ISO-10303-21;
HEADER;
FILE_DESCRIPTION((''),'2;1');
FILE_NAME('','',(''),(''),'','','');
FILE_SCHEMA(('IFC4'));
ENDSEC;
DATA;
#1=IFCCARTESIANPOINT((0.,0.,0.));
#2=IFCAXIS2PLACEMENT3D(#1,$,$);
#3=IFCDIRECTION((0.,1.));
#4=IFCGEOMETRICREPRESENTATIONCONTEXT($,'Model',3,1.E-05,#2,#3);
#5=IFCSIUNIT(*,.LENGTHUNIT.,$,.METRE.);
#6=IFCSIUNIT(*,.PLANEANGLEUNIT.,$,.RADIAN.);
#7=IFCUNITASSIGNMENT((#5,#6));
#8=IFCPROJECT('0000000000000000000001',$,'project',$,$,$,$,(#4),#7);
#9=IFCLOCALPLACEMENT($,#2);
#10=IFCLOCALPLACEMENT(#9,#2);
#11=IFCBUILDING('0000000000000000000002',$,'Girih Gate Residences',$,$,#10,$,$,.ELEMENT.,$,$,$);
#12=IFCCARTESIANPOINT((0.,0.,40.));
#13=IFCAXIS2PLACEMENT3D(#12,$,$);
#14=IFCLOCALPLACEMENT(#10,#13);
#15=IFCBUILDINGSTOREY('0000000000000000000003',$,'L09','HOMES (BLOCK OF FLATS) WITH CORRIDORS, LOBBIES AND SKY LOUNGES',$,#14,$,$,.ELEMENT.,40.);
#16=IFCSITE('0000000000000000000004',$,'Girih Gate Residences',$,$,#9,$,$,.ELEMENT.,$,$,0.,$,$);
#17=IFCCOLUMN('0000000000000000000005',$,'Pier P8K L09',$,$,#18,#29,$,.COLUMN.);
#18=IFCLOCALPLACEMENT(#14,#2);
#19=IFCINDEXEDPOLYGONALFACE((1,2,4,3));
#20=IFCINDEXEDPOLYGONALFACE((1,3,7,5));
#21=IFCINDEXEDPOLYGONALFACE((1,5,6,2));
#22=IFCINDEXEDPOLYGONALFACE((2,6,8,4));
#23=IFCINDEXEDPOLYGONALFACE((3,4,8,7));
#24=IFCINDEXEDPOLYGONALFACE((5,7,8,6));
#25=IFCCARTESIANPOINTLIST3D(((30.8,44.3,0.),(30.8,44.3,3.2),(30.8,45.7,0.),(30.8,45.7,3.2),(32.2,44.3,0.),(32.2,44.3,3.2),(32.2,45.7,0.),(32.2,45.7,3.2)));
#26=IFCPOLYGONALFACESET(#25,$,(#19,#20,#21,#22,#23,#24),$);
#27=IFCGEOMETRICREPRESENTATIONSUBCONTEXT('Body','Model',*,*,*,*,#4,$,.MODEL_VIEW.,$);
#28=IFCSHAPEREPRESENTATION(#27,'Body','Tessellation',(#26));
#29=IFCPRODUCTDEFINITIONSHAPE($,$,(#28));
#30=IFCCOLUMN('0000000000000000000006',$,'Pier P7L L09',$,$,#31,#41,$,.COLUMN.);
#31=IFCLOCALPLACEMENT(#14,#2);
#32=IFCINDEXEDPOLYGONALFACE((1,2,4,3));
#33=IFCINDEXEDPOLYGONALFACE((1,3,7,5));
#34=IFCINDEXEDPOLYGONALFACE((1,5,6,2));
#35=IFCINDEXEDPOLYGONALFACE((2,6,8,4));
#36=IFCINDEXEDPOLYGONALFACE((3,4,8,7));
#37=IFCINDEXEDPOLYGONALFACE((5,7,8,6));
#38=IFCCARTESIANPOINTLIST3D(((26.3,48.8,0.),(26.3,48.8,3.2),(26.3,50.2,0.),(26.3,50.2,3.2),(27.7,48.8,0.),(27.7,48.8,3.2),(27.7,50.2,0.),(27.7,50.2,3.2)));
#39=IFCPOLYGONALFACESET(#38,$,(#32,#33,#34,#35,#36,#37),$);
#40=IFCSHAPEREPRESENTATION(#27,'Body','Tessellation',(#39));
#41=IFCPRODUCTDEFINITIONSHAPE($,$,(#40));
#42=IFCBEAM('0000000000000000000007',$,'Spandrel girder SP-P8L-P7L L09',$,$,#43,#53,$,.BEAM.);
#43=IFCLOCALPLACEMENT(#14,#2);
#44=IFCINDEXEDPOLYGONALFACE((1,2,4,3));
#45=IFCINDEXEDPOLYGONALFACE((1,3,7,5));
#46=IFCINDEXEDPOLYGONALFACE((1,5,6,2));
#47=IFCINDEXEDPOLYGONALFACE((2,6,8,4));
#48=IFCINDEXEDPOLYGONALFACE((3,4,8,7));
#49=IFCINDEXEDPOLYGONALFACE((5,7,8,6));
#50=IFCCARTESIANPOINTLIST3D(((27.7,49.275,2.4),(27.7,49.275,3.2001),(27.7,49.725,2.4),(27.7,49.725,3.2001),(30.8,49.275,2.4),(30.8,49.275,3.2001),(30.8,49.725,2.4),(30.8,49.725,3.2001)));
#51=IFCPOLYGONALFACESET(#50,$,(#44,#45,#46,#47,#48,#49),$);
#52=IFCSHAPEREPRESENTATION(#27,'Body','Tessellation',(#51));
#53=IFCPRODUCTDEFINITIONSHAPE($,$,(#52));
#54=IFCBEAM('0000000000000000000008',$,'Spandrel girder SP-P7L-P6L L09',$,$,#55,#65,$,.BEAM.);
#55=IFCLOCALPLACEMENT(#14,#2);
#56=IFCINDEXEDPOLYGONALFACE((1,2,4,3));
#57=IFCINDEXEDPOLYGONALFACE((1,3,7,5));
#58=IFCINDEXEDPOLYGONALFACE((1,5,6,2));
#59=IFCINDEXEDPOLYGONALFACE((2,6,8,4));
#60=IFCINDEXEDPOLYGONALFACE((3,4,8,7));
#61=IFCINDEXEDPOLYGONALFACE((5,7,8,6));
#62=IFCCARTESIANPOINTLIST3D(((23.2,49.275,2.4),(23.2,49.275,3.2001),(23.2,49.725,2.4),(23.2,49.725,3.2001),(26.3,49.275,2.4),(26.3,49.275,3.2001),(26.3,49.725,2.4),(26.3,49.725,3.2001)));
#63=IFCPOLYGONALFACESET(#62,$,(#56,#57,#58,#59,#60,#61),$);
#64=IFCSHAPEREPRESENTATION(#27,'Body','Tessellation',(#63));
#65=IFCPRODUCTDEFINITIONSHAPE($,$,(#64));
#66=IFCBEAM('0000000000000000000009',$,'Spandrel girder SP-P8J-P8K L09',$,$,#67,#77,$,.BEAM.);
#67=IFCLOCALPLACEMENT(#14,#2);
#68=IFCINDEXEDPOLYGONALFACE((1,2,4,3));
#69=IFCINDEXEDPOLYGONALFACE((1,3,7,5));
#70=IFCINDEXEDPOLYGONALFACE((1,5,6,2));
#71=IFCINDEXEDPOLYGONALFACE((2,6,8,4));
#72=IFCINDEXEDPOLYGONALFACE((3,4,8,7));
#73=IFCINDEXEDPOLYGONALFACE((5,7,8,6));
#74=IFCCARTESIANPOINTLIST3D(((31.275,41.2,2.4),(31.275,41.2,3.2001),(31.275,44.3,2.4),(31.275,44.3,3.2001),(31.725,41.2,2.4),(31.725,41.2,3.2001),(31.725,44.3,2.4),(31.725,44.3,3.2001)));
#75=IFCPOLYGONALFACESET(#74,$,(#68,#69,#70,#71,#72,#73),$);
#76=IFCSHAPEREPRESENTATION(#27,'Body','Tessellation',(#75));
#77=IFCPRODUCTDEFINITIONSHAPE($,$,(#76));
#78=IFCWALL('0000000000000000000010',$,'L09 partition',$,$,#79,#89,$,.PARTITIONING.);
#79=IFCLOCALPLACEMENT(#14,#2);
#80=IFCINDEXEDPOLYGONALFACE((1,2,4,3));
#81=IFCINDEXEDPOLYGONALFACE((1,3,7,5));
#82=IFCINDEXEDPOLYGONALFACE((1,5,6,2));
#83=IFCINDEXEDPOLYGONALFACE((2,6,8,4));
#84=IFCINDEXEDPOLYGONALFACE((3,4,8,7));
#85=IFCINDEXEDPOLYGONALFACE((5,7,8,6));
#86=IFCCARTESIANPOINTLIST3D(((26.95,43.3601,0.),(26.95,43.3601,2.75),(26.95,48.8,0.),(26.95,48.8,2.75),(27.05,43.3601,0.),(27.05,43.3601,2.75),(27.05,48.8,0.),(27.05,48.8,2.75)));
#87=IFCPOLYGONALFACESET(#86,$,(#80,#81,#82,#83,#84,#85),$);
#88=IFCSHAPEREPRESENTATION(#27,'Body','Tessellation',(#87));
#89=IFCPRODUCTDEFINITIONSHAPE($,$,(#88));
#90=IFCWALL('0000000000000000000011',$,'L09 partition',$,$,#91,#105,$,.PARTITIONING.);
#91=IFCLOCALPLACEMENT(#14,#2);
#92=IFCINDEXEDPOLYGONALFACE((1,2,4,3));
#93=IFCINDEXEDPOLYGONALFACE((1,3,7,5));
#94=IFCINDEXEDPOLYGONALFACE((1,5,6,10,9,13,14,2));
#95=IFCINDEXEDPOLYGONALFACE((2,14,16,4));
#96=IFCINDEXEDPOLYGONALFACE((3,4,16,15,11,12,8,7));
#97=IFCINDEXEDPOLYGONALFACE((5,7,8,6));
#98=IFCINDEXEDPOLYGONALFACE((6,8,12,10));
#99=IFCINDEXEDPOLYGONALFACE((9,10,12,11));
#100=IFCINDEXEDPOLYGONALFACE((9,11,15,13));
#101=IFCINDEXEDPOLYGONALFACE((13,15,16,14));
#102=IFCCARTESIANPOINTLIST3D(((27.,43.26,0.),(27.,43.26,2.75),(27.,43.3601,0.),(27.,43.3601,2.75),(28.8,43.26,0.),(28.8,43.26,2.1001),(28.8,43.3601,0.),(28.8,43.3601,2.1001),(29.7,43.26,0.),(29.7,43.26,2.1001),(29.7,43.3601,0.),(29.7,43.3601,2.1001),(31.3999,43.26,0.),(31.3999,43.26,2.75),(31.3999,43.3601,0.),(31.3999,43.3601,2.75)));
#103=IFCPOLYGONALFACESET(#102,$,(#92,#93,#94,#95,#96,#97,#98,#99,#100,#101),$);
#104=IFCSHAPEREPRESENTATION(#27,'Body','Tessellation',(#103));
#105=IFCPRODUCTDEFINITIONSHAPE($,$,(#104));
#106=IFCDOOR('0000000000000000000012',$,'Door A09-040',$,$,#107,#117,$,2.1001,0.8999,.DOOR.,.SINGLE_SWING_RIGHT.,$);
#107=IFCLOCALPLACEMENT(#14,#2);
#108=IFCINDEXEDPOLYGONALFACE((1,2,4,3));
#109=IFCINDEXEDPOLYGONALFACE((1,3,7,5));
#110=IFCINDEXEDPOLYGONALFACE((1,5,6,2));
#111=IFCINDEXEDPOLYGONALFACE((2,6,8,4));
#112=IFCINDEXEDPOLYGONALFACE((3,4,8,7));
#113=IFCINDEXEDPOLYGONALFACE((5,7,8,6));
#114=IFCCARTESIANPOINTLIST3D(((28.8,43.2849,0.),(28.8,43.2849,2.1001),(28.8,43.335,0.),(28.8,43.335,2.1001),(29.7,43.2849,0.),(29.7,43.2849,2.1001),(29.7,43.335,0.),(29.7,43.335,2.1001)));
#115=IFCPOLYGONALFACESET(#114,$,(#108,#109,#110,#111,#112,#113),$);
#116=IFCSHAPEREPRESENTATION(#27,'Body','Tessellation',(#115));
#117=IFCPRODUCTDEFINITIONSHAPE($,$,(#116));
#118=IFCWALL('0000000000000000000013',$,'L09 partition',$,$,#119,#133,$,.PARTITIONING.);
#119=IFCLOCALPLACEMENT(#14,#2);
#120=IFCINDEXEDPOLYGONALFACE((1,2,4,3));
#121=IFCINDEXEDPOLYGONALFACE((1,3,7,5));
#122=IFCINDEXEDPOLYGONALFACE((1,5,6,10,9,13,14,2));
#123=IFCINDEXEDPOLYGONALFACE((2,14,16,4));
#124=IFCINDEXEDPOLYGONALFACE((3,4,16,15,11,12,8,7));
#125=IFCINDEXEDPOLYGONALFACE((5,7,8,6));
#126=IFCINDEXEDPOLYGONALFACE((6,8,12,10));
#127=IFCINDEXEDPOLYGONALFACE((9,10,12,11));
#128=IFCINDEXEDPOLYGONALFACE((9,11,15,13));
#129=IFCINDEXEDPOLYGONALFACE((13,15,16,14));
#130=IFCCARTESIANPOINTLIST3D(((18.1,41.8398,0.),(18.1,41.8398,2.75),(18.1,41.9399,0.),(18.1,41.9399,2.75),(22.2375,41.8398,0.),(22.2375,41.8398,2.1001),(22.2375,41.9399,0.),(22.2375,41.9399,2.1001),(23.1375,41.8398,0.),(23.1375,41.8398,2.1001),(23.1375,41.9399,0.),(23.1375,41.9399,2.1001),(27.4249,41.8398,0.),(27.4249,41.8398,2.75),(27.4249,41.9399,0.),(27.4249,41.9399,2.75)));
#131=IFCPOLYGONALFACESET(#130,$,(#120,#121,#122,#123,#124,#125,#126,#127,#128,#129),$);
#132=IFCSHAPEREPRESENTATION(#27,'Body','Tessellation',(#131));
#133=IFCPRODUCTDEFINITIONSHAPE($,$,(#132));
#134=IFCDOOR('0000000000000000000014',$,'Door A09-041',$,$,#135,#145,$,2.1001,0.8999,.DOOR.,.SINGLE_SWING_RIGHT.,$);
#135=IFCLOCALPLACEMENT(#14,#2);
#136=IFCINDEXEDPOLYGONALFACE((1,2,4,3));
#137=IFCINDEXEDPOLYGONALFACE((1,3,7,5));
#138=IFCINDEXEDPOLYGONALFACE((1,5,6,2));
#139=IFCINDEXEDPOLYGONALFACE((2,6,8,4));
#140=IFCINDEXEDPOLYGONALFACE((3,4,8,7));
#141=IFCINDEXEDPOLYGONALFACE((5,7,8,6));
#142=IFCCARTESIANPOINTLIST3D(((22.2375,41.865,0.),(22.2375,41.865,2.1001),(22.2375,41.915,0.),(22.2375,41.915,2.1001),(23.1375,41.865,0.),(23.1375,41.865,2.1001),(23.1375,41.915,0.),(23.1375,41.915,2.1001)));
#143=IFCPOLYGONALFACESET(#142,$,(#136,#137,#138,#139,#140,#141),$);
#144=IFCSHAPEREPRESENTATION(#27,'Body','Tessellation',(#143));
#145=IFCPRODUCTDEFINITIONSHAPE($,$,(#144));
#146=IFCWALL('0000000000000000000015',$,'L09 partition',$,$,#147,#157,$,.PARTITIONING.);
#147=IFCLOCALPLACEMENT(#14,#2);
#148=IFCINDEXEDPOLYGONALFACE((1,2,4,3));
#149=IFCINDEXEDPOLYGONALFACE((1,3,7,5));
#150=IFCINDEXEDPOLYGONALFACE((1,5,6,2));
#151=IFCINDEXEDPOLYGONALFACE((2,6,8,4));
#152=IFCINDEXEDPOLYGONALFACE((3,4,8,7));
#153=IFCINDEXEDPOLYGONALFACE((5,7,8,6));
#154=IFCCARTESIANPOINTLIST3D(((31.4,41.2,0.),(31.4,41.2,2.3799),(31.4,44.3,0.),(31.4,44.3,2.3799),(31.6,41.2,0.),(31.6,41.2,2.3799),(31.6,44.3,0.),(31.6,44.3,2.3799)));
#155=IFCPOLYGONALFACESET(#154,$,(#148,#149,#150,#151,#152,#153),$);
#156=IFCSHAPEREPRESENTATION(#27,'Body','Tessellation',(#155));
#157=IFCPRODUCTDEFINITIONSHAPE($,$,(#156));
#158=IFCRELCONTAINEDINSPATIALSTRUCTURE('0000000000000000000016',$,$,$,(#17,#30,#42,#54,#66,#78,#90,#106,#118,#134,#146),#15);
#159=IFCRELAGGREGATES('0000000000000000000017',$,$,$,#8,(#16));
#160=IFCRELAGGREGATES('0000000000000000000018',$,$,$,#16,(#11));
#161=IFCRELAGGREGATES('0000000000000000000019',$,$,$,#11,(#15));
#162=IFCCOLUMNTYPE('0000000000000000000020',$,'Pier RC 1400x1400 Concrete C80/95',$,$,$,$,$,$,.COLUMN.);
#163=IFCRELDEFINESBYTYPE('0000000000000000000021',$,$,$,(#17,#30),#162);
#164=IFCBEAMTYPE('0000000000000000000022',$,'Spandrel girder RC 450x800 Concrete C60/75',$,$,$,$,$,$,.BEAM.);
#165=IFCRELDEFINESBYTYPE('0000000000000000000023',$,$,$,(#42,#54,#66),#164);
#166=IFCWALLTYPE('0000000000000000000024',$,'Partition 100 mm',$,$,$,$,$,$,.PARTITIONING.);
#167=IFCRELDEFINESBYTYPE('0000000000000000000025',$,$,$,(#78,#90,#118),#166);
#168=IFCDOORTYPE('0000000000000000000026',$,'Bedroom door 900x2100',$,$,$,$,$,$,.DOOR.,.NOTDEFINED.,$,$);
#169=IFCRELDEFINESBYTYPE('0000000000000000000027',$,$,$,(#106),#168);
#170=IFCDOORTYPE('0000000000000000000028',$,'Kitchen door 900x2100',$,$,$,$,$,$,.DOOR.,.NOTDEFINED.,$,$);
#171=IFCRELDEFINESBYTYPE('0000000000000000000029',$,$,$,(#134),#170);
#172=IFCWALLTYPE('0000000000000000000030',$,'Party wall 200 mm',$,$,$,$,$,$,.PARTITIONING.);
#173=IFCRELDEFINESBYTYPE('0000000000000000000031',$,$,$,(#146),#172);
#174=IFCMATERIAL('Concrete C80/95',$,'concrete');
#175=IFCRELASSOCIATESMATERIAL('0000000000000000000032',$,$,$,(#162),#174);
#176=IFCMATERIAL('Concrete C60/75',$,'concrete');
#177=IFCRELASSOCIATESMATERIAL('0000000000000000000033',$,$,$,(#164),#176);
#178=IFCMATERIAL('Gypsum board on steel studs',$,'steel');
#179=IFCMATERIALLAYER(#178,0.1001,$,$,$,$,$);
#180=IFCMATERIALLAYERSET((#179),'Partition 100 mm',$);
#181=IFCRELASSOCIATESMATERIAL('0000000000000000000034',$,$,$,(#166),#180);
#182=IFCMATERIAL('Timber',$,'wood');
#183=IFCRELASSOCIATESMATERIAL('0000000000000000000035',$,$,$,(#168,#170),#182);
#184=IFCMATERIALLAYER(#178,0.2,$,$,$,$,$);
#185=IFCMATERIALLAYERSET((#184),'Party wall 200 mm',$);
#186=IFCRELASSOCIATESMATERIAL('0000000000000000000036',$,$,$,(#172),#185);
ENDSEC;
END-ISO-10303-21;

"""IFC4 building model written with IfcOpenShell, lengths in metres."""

from ifc_helpers import new_model, si_unit, direction, frame, frame_2d, origin, origin_2d, place, context, subcontext, project, spatial, rectangle, extrude, material, layer, layer_set, material_profile, profile_set, type_object, element, fill, save


model = new_model("IFC4")

# Units and contexts
model_context = context("Model", 3, precision=1e-05, world=origin(), true_north=direction((0.0, 1.0)))
body_context = subcontext(model_context, "Body", "Model", "MODEL_VIEW")
ifc_project = project(units=[si_unit("LENGTHUNIT", "METRE"), si_unit("PLANEANGLEUNIT", "RADIAN")], contexts=[model_context])

# Site, building, storey
site_placement = place(None, origin())
site = spatial("IfcSite", under=ifc_project, at=site_placement, Name="Girih Gate Residences", CompositionType="ELEMENT", RefElevation=0.0)
building_placement = place(site_placement, origin())
building = spatial("IfcBuilding", under=site, at=building_placement, Name="Girih Gate Residences", CompositionType="ELEMENT")
storey_placement = place(building_placement, frame((0.0, 0.0, 40.0)))
storey = spatial("IfcBuildingStorey", under=building, at=storey_placement, Name="L09", Description="HOMES (BLOCK OF FLATS) WITH CORRIDORS, LOBBIES AND SKY LOUNGES", CompositionType="ELEMENT", Elevation=40.0)

# Columns
ifc_material_1 = material(Name="Concrete C80/95", Category="concrete")
ifc_material_profile_1 = material_profile(ifc_material_1, rectangle(XDim=1.3999, YDim=1.3999, at=origin_2d()))
ifc_profile_set_1 = profile_set([ifc_material_profile_1], Name="Concrete C80/95")
column_type = type_object("IfcColumnType", Name="Pier RC 1400x1400 Concrete C80/95", PredefinedType="COLUMN", material=ifc_profile_set_1)
for number, where, z_axis, x_axis, name in (
    (1, (31.5, 45.0, 0.0), (0.0, 0.0, 1.0), (1.0, 0.0, 0.0), "Pier P8K L09"),
    (2, (27.0, 49.5, 0.0), (0.0, 0.0, 1.0), (1.0, 0.0, 0.0), "Pier P7L L09"),
):
    element("IfcColumn", number, at=place(storey_placement, frame(where, z_axis=z_axis, x_axis=x_axis)), inside=storey, type_object=column_type, Name=name, PredefinedType="COLUMN", context=body_context, shape_type="SweptSolid", body=[
        extrude(rectangle(XDim=1.3999, YDim=1.3999, at=origin_2d()), origin(), (0.0, 0.0, 1.0), 3.2),
    ])

# Beams
ifc_material_2 = material(Name="Concrete C60/75", Category="concrete")
ifc_material_profile_2 = material_profile(ifc_material_2, rectangle(XDim=0.45, YDim=0.8, at=origin_2d()))
ifc_profile_set_2 = profile_set([ifc_material_profile_2], Name="Concrete C60/75")
beam_type = type_object("IfcBeamType", Name="Spandrel girder RC 450x800 Concrete C60/75", PredefinedType="BEAM", material=ifc_profile_set_2)
for number, where, z_axis, x_axis, name in (
    (3, (30.8, 49.5, 2.8), (-1.0, 0.0, 0.0), (0.0, -1.0, 0.0), "Spandrel girder SP-P8L-P7L L09"),
    (4, (26.3, 49.5, 2.8), (-1.0, 0.0, 0.0), (0.0, -1.0, 0.0), "Spandrel girder SP-P7L-P6L L09"),
    (5, (31.5, 41.2, 2.8), (0.0, 1.0, 0.0), (-1.0, 0.0, 0.0), "Spandrel girder SP-P8J-P8K L09"),
):
    element("IfcBeam", number, at=place(storey_placement, frame(where, z_axis=z_axis, x_axis=x_axis)), inside=storey, type_object=beam_type, Name=name, PredefinedType="BEAM", context=body_context, shape_type="SweptSolid", body=[
        extrude(rectangle(XDim=0.45, YDim=0.8, at=origin_2d()), origin(), (0.0, 0.0, 1.0), 3.1001),
    ])

# Wall
ifc_material_3 = material(Name="Gypsum board on steel studs", Category="steel")
ifc_layer_1 = layer(ifc_material_3, 0.1001)
ifc_layer_set_1 = layer_set([ifc_layer_1], Name="Partition 100 mm")
wall_type_1 = type_object("IfcWallType", Name="Partition 100 mm", PredefinedType="PARTITIONING", material=ifc_layer_set_1)
wall_1_placement = place(storey_placement, frame((27.0, 43.3601, 0.0), z_axis=(0.0, 0.0, 1.0), x_axis=(0.0, 1.0, 0.0)))
element("IfcWall", 6, at=wall_1_placement, inside=storey, type_object=wall_type_1, Name="L09 partition", PredefinedType="PARTITIONING", context=body_context, shape_type="SweptSolid", body=[
    extrude(rectangle(XDim=5.4399, YDim=0.1001, at=frame_2d((2.72, 0.0))), origin(), (0.0, 0.0, 1.0), 2.75),
])

# Walls, openings, doors
wall_2_placement = place(storey_placement, frame((27.0, 43.3101, 0.0), z_axis=(0.0, 0.0, 1.0), x_axis=(1.0, 0.0, 0.0)))
wall_2 = element("IfcWall", 7, at=wall_2_placement, inside=storey, type_object=wall_type_1, Name="L09 partition", PredefinedType="PARTITIONING", context=body_context, shape_type="SweptSolid", body=[
    extrude(rectangle(XDim=4.3999, YDim=0.1001, at=frame_2d((2.2, 0.0))), origin(), (0.0, 0.0, 1.0), 2.75),
])
opening_1_placement = place(wall_2_placement, frame((1.8, 0.0, 0.0)))
opening_1 = element("IfcOpeningElement", 8, at=opening_1_placement, cuts=wall_2, PredefinedType="OPENING", context=body_context, shape_type="SweptSolid", body=[
    extrude(rectangle(XDim=0.8999, YDim=2.1001, at=frame_2d((0.45, 1.05))), frame((0.0, 0.0601, 0.0), z_axis=(0.0, -1.0, 0.0), x_axis=(1.0, 0.0, 0.0)), (0.0, 0.0, 1.0), 0.1201),
])
ifc_material_4 = material(Name="Timber", Category="wood")
door_type_1 = type_object("IfcDoorType", Name="Bedroom door 900x2100", OperationType="NOTDEFINED", PredefinedType="DOOR", material=ifc_material_4)
door_1_placement = place(opening_1_placement, origin())
door_1 = element("IfcDoor", 9, at=door_1_placement, inside=storey, type_object=door_type_1, Name="Door A09-040", OperationType="SINGLE_SWING_RIGHT", OverallHeight=2.1001, OverallWidth=0.8999, PredefinedType="DOOR", context=body_context, shape_type="SweptSolid", body=[
    extrude(rectangle(XDim=0.8999, YDim=2.1001, at=frame_2d((0.45, 1.05))), frame((0.0, 0.0249, 0.0), z_axis=(0.0, -1.0, 0.0), x_axis=(1.0, 0.0, 0.0)), (0.0, 0.0, 1.0), 0.05),
])
fill(opening_1, door_1)
wall_3_placement = place(storey_placement, frame((27.425, 41.8899, 0.0), z_axis=(0.0, 0.0, 1.0), x_axis=(-1.0, 0.0, 0.0)))
wall_3 = element("IfcWall", 10, at=wall_3_placement, inside=storey, type_object=wall_type_1, Name="L09 partition", PredefinedType="PARTITIONING", context=body_context, shape_type="SweptSolid", body=[
    extrude(rectangle(XDim=9.325, YDim=0.1001, at=frame_2d((4.6626, 0.0))), origin(), (0.0, 0.0, 1.0), 2.75),
])
opening_2_placement = place(wall_3_placement, frame((4.2876, 0.0, 0.0)))
opening_2 = element("IfcOpeningElement", 11, at=opening_2_placement, cuts=wall_3, PredefinedType="OPENING", context=body_context, shape_type="SweptSolid", body=[
    extrude(rectangle(XDim=0.8999, YDim=2.1001, at=frame_2d((0.45, 1.05))), frame((0.0, 0.0601, 0.0), z_axis=(0.0, -1.0, 0.0), x_axis=(1.0, 0.0, 0.0)), (0.0, 0.0, 1.0), 0.1201),
])
door_type_2 = type_object("IfcDoorType", Name="Kitchen door 900x2100", OperationType="NOTDEFINED", PredefinedType="DOOR", material=ifc_material_4)
door_2_placement = place(opening_2_placement, origin())
door_2 = element("IfcDoor", 12, at=door_2_placement, inside=storey, type_object=door_type_2, Name="Door A09-041", OperationType="SINGLE_SWING_RIGHT", OverallHeight=2.1001, OverallWidth=0.8999, PredefinedType="DOOR", context=body_context, shape_type="SweptSolid", body=[
    extrude(rectangle(XDim=0.8999, YDim=2.1001, at=frame_2d((0.45, 1.05))), frame((0.0, 0.0249, 0.0), z_axis=(0.0, -1.0, 0.0), x_axis=(1.0, 0.0, 0.0)), (0.0, 0.0, 1.0), 0.05),
])
fill(opening_2, door_2)

# Wall
ifc_layer_2 = layer(ifc_material_3, 0.2)
ifc_layer_set_2 = layer_set([ifc_layer_2], Name="Party wall 200 mm")
wall_type_2 = type_object("IfcWallType", Name="Party wall 200 mm", PredefinedType="PARTITIONING", material=ifc_layer_set_2)
wall_4_placement = place(storey_placement, frame((31.5, 41.2, 0.0), z_axis=(0.0, 0.0, 1.0), x_axis=(0.0, 1.0, 0.0)))
element("IfcWall", 13, at=wall_4_placement, inside=storey, type_object=wall_type_2, Name="L09 partition", PredefinedType="PARTITIONING", context=body_context, shape_type="SweptSolid", body=[
    extrude(rectangle(XDim=3.1001, YDim=0.2, at=frame_2d((1.55, 0.0))), origin(), (0.0, 0.0, 1.0), 2.3799),
])

save(model, "model.ifc")
